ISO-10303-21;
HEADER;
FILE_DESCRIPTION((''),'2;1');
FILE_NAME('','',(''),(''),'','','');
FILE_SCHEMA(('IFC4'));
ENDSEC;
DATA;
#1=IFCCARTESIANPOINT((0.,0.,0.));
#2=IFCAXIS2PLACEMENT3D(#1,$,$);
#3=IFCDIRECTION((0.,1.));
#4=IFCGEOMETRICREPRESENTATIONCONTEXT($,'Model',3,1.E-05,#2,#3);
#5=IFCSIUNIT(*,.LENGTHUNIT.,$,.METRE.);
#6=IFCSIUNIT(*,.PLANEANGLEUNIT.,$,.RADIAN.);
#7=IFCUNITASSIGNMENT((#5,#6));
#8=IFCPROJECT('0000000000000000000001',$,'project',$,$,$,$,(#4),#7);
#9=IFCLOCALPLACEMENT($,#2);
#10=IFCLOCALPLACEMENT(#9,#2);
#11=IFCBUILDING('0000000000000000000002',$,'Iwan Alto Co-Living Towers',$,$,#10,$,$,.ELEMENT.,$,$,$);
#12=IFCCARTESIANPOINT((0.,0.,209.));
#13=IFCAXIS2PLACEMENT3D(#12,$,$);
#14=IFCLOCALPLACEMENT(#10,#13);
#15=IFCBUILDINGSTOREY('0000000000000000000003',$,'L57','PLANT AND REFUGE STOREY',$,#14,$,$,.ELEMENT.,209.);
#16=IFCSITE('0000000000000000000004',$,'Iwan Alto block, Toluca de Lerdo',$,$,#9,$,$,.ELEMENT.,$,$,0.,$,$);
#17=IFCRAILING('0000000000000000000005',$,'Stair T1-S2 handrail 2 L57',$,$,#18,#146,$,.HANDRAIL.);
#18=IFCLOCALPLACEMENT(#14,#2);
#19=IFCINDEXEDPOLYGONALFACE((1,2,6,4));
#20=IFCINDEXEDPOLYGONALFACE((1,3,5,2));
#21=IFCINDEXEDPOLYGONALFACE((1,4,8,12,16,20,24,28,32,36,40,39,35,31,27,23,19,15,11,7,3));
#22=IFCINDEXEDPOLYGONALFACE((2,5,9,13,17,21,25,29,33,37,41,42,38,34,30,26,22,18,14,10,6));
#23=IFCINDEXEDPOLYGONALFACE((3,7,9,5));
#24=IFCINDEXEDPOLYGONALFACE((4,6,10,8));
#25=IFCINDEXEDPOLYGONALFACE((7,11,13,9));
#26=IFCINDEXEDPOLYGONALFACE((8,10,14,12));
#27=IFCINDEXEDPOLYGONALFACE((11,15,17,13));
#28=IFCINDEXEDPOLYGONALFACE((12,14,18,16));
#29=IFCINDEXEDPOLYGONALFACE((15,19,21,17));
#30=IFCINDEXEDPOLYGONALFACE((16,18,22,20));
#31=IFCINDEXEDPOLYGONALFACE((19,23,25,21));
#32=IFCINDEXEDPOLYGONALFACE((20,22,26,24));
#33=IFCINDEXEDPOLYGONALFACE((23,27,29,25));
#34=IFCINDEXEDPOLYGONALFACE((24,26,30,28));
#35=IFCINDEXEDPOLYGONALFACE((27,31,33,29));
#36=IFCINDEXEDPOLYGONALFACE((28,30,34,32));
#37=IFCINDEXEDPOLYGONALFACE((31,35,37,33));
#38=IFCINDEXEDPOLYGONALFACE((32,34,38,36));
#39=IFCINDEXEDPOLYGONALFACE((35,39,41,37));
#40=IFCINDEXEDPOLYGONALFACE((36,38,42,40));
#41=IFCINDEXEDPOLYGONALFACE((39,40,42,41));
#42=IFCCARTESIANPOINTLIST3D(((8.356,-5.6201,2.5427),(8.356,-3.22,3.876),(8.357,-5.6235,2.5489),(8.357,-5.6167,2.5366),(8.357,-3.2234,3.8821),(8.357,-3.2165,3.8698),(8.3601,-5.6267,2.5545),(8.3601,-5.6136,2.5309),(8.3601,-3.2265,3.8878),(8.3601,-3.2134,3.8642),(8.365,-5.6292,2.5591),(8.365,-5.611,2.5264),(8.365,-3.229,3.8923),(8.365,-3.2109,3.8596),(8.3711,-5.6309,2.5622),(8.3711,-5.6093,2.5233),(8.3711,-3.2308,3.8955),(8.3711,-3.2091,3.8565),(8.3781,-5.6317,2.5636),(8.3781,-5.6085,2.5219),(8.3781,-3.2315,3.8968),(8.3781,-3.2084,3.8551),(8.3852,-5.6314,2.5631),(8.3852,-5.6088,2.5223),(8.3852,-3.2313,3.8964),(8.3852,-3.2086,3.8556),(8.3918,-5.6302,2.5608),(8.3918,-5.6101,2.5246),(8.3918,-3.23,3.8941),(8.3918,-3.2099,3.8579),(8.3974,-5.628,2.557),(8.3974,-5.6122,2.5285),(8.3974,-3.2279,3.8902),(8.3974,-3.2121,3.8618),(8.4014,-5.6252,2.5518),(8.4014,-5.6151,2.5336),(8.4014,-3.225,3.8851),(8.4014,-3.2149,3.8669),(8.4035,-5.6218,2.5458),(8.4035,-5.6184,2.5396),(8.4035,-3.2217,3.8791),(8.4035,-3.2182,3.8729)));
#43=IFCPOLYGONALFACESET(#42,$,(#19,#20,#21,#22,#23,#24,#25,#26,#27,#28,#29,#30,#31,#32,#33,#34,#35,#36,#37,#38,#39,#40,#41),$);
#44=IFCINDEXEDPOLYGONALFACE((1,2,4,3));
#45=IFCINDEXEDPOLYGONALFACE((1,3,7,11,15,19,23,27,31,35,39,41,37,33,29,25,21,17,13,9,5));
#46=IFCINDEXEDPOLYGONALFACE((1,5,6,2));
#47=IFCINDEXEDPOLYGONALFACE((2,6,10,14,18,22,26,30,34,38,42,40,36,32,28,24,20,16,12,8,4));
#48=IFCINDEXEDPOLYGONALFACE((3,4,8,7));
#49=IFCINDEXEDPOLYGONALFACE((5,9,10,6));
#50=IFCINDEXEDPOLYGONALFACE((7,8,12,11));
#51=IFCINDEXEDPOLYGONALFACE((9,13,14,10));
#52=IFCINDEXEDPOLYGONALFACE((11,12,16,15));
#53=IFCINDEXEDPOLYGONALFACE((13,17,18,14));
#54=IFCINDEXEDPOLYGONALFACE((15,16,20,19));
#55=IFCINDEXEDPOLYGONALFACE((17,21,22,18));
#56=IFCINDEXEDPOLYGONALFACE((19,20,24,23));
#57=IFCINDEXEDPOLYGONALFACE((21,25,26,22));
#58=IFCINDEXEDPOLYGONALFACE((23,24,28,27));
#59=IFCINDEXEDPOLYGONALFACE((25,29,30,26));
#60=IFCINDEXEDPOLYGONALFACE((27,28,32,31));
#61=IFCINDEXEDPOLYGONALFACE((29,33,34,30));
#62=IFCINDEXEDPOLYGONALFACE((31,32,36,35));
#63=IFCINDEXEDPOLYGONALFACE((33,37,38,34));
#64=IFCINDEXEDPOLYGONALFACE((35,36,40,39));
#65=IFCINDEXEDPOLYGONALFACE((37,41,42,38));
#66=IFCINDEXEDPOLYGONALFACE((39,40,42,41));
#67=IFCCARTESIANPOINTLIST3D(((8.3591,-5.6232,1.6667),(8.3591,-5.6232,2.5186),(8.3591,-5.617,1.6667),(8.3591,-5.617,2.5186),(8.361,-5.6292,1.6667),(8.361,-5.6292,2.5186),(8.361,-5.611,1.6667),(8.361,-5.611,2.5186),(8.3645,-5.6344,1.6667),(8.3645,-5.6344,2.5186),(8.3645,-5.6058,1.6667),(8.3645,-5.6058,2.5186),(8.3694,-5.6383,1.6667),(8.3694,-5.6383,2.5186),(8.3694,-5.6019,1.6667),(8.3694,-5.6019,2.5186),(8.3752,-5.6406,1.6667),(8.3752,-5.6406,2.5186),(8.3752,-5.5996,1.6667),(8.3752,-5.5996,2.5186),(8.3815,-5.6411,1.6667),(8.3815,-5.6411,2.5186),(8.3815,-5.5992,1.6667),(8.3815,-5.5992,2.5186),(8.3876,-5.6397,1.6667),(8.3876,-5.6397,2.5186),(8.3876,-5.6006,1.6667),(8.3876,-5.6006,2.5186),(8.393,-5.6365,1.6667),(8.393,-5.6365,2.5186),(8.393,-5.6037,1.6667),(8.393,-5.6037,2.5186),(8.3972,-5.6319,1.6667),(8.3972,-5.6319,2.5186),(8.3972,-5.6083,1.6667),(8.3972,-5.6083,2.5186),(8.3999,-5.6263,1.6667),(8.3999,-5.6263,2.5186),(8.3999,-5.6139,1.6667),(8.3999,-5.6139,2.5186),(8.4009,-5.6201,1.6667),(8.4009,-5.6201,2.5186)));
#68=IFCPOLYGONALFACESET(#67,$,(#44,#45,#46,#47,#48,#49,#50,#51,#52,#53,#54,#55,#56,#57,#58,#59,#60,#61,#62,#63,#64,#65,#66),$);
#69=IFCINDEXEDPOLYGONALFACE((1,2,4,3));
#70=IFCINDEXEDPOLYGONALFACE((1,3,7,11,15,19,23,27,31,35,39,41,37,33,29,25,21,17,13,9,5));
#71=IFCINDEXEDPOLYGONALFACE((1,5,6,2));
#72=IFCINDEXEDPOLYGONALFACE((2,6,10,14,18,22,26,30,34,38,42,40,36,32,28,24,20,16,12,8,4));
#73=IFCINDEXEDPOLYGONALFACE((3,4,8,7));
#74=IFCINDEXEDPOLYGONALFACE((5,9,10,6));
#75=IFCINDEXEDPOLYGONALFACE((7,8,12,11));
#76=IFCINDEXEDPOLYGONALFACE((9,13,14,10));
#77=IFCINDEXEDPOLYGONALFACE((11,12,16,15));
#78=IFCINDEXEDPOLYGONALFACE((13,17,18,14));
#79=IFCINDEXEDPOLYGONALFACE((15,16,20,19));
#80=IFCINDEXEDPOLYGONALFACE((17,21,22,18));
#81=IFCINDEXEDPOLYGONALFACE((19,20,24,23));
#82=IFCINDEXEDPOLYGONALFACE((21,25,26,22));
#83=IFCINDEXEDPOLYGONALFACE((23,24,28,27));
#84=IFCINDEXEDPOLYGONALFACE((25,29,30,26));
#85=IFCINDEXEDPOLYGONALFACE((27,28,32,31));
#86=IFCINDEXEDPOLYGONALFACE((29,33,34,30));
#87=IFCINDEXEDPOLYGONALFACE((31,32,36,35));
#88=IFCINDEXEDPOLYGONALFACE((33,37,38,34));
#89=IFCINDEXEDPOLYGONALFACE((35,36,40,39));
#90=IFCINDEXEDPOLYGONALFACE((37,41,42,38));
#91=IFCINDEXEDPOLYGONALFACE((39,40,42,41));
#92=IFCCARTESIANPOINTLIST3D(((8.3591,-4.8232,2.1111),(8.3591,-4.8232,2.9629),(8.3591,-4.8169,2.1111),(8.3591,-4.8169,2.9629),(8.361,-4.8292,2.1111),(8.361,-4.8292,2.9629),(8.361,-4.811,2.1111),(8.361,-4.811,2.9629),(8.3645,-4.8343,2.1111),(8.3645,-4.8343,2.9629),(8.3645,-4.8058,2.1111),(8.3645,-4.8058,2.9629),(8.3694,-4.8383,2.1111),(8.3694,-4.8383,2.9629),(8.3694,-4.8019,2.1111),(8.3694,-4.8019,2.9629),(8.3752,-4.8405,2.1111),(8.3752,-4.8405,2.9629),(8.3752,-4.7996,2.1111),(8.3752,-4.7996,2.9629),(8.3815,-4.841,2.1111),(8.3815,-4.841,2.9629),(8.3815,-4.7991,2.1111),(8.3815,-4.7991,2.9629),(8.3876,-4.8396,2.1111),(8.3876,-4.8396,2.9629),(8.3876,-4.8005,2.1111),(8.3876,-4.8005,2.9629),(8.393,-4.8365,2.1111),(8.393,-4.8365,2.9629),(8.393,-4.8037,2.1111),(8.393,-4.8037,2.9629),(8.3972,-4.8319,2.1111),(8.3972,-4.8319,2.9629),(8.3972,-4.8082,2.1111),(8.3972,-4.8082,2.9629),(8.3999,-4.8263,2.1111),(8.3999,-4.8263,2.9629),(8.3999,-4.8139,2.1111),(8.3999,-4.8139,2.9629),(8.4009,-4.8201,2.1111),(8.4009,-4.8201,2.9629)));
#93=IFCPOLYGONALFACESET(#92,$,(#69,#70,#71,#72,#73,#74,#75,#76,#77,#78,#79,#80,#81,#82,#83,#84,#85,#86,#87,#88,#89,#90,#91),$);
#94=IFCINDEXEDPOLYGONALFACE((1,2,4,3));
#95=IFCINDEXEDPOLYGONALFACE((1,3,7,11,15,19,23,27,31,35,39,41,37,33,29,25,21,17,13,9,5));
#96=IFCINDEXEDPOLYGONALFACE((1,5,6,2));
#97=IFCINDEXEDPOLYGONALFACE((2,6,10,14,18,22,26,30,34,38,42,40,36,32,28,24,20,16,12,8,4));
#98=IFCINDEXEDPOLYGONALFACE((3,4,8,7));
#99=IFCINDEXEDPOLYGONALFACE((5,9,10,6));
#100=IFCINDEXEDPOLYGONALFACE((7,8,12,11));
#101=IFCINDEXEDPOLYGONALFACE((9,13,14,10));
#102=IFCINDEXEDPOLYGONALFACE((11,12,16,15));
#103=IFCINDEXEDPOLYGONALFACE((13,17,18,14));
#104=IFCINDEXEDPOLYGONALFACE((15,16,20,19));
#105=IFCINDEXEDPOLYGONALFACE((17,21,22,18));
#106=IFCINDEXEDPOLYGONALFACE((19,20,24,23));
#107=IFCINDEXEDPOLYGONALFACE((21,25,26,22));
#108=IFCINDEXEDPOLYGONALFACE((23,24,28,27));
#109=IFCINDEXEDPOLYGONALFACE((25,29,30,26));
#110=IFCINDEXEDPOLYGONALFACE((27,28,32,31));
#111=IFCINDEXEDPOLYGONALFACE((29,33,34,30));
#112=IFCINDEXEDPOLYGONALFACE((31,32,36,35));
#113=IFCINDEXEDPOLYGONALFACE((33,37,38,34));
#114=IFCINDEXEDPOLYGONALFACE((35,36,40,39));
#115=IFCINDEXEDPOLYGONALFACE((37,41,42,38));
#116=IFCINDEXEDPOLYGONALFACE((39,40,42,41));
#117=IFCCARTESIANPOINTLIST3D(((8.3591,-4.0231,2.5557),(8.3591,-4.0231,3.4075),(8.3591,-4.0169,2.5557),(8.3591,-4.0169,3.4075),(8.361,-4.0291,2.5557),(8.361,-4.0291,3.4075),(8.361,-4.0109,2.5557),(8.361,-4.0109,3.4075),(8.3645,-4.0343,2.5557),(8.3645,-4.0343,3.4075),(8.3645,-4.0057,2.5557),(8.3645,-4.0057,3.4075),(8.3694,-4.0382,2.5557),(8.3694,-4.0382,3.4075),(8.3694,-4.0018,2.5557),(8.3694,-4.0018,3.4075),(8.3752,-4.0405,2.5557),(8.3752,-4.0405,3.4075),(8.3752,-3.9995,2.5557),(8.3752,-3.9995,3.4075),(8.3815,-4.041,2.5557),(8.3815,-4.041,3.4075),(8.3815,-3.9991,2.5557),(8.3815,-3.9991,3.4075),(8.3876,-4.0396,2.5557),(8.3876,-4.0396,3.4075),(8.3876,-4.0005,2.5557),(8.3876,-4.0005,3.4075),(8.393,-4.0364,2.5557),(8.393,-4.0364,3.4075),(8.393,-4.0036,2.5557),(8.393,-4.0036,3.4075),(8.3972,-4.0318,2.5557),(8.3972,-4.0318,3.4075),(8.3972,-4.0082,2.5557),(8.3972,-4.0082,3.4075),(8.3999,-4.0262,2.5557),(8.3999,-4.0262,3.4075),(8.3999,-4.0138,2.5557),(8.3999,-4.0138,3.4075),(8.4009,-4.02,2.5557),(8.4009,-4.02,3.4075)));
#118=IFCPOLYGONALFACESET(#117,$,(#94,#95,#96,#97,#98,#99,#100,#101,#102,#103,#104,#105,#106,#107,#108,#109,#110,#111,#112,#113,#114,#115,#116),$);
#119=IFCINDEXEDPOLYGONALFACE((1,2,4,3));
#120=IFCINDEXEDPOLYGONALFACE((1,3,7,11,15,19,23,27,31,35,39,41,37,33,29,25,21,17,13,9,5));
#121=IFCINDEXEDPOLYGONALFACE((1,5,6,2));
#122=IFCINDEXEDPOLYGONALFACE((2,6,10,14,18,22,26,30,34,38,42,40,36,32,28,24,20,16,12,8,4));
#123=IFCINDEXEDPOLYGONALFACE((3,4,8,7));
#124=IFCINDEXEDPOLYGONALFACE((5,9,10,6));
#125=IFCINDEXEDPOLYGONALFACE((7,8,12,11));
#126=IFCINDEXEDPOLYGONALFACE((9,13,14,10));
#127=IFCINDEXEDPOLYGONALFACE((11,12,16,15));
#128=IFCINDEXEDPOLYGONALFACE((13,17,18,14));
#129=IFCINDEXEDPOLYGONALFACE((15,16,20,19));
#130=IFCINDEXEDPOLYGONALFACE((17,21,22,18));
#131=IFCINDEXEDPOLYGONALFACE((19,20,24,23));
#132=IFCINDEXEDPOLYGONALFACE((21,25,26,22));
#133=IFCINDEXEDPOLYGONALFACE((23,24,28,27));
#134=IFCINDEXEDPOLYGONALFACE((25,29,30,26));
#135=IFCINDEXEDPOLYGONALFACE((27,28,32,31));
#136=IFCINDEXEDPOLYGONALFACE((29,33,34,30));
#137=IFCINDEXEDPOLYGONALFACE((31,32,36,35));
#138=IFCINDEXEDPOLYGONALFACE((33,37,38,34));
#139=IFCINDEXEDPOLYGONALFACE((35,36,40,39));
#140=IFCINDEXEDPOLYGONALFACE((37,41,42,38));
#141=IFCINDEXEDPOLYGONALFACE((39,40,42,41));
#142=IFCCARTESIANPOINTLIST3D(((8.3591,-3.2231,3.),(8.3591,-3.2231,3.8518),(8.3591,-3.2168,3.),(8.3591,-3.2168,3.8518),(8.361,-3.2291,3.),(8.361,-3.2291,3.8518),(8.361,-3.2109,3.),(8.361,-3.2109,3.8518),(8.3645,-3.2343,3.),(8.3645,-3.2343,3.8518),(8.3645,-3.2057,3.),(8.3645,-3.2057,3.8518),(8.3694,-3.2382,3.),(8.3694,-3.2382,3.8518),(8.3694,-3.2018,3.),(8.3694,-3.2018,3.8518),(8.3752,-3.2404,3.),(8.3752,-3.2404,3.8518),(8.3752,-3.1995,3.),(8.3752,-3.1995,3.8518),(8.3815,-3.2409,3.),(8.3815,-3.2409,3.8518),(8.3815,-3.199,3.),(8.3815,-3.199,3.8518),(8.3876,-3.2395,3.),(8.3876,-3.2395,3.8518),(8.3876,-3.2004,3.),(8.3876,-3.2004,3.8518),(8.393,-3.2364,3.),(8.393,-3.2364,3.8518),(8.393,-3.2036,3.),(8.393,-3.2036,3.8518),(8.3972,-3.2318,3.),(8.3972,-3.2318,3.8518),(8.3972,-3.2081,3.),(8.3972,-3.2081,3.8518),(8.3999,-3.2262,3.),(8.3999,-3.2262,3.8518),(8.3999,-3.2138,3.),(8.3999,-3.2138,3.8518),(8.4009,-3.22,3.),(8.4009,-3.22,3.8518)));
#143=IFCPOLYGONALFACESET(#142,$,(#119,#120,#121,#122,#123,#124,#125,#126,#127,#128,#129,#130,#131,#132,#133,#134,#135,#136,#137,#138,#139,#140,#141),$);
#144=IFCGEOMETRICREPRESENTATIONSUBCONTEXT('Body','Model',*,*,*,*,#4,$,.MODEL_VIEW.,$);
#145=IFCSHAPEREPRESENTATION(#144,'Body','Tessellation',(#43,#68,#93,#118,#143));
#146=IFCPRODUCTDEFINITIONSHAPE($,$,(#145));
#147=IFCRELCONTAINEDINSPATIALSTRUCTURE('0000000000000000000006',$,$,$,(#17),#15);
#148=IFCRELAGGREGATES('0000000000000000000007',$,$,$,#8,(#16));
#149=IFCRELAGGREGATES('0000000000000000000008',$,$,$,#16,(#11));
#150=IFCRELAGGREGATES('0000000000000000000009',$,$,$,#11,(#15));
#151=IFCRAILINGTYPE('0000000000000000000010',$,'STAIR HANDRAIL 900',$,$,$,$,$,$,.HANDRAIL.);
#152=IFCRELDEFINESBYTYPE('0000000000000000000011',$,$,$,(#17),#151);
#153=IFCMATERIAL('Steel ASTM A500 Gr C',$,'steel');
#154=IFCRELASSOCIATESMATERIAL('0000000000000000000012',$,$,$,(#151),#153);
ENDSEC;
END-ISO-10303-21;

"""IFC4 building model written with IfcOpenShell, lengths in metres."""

from ifc_helpers import new_model, si_unit, direction, frame, origin, origin_2d, place, context, subcontext, project, spatial, circle, extrude, material, type_object, element, save


model = new_model("IFC4")

# Units and contexts
model_context = context("Model", 3, precision=1e-05, world=origin(), true_north=direction((0.0, 1.0)))
body_context = subcontext(model_context, "Body", "Model", "MODEL_VIEW")
ifc_project = project(units=[si_unit("LENGTHUNIT", "METRE"), si_unit("PLANEANGLEUNIT", "RADIAN")], contexts=[model_context])

# Site, building, storey
site_placement = place(None, origin())
site = spatial("IfcSite", under=ifc_project, at=site_placement, Name="Iwan Alto block, Toluca de Lerdo", CompositionType="ELEMENT", RefElevation=0.0)
building_placement = place(site_placement, origin())
building = spatial("IfcBuilding", under=site, at=building_placement, Name="Iwan Alto Co-Living Towers", CompositionType="ELEMENT")
storey_placement = place(building_placement, frame((0.0, 0.0, 209.0)))
storey = spatial("IfcBuildingStorey", under=building, at=storey_placement, Name="L57", Description="PLANT AND REFUGE STOREY", CompositionType="ELEMENT", Elevation=209.0)

# Railing
ifc_material_1 = material(Name="Steel ASTM A500 Gr C", Category="steel")
railing_type_1 = type_object("IfcRailingType", Name="STAIR HANDRAIL 900", PredefinedType="HANDRAIL", material=ifc_material_1)
railing_1_placement = place(storey_placement, frame((8.3799, -5.6201, 1.6667)))
element("IfcRailing", 1, at=railing_1_placement, inside=storey, type_object=railing_type_1, Name="Stair T1-S2 handrail 2 L57", PredefinedType="HANDRAIL", context=body_context, shape_type="SweptSolid", body=[
    extrude(circle(Radius=0.0239, at=origin_2d()), frame((0.0, 0.0, 0.876), z_axis=(0.0, 0.874182, 0.485598), x_axis=(-1.0, 0.0, 0.0)), (0.0, 0.0, 1.0), 2.7456),
    extrude(circle(Radius=0.021, at=origin_2d()), origin(), (0.0, 0.0, 1.0), 0.8518),
    extrude(circle(Radius=0.021, at=origin_2d()), frame((0.0, 0.8, 0.4443)), (0.0, 0.0, 1.0), 0.8518),
    extrude(circle(Radius=0.021, at=origin_2d()), frame((0.0, 1.6001, 0.8889)), (0.0, 0.0, 1.0), 0.8518),
    extrude(circle(Radius=0.021, at=origin_2d()), frame((0.0, 2.4001, 1.3333)), (0.0, 0.0, 1.0), 0.8518),
])

save(model, "model.ifc")
